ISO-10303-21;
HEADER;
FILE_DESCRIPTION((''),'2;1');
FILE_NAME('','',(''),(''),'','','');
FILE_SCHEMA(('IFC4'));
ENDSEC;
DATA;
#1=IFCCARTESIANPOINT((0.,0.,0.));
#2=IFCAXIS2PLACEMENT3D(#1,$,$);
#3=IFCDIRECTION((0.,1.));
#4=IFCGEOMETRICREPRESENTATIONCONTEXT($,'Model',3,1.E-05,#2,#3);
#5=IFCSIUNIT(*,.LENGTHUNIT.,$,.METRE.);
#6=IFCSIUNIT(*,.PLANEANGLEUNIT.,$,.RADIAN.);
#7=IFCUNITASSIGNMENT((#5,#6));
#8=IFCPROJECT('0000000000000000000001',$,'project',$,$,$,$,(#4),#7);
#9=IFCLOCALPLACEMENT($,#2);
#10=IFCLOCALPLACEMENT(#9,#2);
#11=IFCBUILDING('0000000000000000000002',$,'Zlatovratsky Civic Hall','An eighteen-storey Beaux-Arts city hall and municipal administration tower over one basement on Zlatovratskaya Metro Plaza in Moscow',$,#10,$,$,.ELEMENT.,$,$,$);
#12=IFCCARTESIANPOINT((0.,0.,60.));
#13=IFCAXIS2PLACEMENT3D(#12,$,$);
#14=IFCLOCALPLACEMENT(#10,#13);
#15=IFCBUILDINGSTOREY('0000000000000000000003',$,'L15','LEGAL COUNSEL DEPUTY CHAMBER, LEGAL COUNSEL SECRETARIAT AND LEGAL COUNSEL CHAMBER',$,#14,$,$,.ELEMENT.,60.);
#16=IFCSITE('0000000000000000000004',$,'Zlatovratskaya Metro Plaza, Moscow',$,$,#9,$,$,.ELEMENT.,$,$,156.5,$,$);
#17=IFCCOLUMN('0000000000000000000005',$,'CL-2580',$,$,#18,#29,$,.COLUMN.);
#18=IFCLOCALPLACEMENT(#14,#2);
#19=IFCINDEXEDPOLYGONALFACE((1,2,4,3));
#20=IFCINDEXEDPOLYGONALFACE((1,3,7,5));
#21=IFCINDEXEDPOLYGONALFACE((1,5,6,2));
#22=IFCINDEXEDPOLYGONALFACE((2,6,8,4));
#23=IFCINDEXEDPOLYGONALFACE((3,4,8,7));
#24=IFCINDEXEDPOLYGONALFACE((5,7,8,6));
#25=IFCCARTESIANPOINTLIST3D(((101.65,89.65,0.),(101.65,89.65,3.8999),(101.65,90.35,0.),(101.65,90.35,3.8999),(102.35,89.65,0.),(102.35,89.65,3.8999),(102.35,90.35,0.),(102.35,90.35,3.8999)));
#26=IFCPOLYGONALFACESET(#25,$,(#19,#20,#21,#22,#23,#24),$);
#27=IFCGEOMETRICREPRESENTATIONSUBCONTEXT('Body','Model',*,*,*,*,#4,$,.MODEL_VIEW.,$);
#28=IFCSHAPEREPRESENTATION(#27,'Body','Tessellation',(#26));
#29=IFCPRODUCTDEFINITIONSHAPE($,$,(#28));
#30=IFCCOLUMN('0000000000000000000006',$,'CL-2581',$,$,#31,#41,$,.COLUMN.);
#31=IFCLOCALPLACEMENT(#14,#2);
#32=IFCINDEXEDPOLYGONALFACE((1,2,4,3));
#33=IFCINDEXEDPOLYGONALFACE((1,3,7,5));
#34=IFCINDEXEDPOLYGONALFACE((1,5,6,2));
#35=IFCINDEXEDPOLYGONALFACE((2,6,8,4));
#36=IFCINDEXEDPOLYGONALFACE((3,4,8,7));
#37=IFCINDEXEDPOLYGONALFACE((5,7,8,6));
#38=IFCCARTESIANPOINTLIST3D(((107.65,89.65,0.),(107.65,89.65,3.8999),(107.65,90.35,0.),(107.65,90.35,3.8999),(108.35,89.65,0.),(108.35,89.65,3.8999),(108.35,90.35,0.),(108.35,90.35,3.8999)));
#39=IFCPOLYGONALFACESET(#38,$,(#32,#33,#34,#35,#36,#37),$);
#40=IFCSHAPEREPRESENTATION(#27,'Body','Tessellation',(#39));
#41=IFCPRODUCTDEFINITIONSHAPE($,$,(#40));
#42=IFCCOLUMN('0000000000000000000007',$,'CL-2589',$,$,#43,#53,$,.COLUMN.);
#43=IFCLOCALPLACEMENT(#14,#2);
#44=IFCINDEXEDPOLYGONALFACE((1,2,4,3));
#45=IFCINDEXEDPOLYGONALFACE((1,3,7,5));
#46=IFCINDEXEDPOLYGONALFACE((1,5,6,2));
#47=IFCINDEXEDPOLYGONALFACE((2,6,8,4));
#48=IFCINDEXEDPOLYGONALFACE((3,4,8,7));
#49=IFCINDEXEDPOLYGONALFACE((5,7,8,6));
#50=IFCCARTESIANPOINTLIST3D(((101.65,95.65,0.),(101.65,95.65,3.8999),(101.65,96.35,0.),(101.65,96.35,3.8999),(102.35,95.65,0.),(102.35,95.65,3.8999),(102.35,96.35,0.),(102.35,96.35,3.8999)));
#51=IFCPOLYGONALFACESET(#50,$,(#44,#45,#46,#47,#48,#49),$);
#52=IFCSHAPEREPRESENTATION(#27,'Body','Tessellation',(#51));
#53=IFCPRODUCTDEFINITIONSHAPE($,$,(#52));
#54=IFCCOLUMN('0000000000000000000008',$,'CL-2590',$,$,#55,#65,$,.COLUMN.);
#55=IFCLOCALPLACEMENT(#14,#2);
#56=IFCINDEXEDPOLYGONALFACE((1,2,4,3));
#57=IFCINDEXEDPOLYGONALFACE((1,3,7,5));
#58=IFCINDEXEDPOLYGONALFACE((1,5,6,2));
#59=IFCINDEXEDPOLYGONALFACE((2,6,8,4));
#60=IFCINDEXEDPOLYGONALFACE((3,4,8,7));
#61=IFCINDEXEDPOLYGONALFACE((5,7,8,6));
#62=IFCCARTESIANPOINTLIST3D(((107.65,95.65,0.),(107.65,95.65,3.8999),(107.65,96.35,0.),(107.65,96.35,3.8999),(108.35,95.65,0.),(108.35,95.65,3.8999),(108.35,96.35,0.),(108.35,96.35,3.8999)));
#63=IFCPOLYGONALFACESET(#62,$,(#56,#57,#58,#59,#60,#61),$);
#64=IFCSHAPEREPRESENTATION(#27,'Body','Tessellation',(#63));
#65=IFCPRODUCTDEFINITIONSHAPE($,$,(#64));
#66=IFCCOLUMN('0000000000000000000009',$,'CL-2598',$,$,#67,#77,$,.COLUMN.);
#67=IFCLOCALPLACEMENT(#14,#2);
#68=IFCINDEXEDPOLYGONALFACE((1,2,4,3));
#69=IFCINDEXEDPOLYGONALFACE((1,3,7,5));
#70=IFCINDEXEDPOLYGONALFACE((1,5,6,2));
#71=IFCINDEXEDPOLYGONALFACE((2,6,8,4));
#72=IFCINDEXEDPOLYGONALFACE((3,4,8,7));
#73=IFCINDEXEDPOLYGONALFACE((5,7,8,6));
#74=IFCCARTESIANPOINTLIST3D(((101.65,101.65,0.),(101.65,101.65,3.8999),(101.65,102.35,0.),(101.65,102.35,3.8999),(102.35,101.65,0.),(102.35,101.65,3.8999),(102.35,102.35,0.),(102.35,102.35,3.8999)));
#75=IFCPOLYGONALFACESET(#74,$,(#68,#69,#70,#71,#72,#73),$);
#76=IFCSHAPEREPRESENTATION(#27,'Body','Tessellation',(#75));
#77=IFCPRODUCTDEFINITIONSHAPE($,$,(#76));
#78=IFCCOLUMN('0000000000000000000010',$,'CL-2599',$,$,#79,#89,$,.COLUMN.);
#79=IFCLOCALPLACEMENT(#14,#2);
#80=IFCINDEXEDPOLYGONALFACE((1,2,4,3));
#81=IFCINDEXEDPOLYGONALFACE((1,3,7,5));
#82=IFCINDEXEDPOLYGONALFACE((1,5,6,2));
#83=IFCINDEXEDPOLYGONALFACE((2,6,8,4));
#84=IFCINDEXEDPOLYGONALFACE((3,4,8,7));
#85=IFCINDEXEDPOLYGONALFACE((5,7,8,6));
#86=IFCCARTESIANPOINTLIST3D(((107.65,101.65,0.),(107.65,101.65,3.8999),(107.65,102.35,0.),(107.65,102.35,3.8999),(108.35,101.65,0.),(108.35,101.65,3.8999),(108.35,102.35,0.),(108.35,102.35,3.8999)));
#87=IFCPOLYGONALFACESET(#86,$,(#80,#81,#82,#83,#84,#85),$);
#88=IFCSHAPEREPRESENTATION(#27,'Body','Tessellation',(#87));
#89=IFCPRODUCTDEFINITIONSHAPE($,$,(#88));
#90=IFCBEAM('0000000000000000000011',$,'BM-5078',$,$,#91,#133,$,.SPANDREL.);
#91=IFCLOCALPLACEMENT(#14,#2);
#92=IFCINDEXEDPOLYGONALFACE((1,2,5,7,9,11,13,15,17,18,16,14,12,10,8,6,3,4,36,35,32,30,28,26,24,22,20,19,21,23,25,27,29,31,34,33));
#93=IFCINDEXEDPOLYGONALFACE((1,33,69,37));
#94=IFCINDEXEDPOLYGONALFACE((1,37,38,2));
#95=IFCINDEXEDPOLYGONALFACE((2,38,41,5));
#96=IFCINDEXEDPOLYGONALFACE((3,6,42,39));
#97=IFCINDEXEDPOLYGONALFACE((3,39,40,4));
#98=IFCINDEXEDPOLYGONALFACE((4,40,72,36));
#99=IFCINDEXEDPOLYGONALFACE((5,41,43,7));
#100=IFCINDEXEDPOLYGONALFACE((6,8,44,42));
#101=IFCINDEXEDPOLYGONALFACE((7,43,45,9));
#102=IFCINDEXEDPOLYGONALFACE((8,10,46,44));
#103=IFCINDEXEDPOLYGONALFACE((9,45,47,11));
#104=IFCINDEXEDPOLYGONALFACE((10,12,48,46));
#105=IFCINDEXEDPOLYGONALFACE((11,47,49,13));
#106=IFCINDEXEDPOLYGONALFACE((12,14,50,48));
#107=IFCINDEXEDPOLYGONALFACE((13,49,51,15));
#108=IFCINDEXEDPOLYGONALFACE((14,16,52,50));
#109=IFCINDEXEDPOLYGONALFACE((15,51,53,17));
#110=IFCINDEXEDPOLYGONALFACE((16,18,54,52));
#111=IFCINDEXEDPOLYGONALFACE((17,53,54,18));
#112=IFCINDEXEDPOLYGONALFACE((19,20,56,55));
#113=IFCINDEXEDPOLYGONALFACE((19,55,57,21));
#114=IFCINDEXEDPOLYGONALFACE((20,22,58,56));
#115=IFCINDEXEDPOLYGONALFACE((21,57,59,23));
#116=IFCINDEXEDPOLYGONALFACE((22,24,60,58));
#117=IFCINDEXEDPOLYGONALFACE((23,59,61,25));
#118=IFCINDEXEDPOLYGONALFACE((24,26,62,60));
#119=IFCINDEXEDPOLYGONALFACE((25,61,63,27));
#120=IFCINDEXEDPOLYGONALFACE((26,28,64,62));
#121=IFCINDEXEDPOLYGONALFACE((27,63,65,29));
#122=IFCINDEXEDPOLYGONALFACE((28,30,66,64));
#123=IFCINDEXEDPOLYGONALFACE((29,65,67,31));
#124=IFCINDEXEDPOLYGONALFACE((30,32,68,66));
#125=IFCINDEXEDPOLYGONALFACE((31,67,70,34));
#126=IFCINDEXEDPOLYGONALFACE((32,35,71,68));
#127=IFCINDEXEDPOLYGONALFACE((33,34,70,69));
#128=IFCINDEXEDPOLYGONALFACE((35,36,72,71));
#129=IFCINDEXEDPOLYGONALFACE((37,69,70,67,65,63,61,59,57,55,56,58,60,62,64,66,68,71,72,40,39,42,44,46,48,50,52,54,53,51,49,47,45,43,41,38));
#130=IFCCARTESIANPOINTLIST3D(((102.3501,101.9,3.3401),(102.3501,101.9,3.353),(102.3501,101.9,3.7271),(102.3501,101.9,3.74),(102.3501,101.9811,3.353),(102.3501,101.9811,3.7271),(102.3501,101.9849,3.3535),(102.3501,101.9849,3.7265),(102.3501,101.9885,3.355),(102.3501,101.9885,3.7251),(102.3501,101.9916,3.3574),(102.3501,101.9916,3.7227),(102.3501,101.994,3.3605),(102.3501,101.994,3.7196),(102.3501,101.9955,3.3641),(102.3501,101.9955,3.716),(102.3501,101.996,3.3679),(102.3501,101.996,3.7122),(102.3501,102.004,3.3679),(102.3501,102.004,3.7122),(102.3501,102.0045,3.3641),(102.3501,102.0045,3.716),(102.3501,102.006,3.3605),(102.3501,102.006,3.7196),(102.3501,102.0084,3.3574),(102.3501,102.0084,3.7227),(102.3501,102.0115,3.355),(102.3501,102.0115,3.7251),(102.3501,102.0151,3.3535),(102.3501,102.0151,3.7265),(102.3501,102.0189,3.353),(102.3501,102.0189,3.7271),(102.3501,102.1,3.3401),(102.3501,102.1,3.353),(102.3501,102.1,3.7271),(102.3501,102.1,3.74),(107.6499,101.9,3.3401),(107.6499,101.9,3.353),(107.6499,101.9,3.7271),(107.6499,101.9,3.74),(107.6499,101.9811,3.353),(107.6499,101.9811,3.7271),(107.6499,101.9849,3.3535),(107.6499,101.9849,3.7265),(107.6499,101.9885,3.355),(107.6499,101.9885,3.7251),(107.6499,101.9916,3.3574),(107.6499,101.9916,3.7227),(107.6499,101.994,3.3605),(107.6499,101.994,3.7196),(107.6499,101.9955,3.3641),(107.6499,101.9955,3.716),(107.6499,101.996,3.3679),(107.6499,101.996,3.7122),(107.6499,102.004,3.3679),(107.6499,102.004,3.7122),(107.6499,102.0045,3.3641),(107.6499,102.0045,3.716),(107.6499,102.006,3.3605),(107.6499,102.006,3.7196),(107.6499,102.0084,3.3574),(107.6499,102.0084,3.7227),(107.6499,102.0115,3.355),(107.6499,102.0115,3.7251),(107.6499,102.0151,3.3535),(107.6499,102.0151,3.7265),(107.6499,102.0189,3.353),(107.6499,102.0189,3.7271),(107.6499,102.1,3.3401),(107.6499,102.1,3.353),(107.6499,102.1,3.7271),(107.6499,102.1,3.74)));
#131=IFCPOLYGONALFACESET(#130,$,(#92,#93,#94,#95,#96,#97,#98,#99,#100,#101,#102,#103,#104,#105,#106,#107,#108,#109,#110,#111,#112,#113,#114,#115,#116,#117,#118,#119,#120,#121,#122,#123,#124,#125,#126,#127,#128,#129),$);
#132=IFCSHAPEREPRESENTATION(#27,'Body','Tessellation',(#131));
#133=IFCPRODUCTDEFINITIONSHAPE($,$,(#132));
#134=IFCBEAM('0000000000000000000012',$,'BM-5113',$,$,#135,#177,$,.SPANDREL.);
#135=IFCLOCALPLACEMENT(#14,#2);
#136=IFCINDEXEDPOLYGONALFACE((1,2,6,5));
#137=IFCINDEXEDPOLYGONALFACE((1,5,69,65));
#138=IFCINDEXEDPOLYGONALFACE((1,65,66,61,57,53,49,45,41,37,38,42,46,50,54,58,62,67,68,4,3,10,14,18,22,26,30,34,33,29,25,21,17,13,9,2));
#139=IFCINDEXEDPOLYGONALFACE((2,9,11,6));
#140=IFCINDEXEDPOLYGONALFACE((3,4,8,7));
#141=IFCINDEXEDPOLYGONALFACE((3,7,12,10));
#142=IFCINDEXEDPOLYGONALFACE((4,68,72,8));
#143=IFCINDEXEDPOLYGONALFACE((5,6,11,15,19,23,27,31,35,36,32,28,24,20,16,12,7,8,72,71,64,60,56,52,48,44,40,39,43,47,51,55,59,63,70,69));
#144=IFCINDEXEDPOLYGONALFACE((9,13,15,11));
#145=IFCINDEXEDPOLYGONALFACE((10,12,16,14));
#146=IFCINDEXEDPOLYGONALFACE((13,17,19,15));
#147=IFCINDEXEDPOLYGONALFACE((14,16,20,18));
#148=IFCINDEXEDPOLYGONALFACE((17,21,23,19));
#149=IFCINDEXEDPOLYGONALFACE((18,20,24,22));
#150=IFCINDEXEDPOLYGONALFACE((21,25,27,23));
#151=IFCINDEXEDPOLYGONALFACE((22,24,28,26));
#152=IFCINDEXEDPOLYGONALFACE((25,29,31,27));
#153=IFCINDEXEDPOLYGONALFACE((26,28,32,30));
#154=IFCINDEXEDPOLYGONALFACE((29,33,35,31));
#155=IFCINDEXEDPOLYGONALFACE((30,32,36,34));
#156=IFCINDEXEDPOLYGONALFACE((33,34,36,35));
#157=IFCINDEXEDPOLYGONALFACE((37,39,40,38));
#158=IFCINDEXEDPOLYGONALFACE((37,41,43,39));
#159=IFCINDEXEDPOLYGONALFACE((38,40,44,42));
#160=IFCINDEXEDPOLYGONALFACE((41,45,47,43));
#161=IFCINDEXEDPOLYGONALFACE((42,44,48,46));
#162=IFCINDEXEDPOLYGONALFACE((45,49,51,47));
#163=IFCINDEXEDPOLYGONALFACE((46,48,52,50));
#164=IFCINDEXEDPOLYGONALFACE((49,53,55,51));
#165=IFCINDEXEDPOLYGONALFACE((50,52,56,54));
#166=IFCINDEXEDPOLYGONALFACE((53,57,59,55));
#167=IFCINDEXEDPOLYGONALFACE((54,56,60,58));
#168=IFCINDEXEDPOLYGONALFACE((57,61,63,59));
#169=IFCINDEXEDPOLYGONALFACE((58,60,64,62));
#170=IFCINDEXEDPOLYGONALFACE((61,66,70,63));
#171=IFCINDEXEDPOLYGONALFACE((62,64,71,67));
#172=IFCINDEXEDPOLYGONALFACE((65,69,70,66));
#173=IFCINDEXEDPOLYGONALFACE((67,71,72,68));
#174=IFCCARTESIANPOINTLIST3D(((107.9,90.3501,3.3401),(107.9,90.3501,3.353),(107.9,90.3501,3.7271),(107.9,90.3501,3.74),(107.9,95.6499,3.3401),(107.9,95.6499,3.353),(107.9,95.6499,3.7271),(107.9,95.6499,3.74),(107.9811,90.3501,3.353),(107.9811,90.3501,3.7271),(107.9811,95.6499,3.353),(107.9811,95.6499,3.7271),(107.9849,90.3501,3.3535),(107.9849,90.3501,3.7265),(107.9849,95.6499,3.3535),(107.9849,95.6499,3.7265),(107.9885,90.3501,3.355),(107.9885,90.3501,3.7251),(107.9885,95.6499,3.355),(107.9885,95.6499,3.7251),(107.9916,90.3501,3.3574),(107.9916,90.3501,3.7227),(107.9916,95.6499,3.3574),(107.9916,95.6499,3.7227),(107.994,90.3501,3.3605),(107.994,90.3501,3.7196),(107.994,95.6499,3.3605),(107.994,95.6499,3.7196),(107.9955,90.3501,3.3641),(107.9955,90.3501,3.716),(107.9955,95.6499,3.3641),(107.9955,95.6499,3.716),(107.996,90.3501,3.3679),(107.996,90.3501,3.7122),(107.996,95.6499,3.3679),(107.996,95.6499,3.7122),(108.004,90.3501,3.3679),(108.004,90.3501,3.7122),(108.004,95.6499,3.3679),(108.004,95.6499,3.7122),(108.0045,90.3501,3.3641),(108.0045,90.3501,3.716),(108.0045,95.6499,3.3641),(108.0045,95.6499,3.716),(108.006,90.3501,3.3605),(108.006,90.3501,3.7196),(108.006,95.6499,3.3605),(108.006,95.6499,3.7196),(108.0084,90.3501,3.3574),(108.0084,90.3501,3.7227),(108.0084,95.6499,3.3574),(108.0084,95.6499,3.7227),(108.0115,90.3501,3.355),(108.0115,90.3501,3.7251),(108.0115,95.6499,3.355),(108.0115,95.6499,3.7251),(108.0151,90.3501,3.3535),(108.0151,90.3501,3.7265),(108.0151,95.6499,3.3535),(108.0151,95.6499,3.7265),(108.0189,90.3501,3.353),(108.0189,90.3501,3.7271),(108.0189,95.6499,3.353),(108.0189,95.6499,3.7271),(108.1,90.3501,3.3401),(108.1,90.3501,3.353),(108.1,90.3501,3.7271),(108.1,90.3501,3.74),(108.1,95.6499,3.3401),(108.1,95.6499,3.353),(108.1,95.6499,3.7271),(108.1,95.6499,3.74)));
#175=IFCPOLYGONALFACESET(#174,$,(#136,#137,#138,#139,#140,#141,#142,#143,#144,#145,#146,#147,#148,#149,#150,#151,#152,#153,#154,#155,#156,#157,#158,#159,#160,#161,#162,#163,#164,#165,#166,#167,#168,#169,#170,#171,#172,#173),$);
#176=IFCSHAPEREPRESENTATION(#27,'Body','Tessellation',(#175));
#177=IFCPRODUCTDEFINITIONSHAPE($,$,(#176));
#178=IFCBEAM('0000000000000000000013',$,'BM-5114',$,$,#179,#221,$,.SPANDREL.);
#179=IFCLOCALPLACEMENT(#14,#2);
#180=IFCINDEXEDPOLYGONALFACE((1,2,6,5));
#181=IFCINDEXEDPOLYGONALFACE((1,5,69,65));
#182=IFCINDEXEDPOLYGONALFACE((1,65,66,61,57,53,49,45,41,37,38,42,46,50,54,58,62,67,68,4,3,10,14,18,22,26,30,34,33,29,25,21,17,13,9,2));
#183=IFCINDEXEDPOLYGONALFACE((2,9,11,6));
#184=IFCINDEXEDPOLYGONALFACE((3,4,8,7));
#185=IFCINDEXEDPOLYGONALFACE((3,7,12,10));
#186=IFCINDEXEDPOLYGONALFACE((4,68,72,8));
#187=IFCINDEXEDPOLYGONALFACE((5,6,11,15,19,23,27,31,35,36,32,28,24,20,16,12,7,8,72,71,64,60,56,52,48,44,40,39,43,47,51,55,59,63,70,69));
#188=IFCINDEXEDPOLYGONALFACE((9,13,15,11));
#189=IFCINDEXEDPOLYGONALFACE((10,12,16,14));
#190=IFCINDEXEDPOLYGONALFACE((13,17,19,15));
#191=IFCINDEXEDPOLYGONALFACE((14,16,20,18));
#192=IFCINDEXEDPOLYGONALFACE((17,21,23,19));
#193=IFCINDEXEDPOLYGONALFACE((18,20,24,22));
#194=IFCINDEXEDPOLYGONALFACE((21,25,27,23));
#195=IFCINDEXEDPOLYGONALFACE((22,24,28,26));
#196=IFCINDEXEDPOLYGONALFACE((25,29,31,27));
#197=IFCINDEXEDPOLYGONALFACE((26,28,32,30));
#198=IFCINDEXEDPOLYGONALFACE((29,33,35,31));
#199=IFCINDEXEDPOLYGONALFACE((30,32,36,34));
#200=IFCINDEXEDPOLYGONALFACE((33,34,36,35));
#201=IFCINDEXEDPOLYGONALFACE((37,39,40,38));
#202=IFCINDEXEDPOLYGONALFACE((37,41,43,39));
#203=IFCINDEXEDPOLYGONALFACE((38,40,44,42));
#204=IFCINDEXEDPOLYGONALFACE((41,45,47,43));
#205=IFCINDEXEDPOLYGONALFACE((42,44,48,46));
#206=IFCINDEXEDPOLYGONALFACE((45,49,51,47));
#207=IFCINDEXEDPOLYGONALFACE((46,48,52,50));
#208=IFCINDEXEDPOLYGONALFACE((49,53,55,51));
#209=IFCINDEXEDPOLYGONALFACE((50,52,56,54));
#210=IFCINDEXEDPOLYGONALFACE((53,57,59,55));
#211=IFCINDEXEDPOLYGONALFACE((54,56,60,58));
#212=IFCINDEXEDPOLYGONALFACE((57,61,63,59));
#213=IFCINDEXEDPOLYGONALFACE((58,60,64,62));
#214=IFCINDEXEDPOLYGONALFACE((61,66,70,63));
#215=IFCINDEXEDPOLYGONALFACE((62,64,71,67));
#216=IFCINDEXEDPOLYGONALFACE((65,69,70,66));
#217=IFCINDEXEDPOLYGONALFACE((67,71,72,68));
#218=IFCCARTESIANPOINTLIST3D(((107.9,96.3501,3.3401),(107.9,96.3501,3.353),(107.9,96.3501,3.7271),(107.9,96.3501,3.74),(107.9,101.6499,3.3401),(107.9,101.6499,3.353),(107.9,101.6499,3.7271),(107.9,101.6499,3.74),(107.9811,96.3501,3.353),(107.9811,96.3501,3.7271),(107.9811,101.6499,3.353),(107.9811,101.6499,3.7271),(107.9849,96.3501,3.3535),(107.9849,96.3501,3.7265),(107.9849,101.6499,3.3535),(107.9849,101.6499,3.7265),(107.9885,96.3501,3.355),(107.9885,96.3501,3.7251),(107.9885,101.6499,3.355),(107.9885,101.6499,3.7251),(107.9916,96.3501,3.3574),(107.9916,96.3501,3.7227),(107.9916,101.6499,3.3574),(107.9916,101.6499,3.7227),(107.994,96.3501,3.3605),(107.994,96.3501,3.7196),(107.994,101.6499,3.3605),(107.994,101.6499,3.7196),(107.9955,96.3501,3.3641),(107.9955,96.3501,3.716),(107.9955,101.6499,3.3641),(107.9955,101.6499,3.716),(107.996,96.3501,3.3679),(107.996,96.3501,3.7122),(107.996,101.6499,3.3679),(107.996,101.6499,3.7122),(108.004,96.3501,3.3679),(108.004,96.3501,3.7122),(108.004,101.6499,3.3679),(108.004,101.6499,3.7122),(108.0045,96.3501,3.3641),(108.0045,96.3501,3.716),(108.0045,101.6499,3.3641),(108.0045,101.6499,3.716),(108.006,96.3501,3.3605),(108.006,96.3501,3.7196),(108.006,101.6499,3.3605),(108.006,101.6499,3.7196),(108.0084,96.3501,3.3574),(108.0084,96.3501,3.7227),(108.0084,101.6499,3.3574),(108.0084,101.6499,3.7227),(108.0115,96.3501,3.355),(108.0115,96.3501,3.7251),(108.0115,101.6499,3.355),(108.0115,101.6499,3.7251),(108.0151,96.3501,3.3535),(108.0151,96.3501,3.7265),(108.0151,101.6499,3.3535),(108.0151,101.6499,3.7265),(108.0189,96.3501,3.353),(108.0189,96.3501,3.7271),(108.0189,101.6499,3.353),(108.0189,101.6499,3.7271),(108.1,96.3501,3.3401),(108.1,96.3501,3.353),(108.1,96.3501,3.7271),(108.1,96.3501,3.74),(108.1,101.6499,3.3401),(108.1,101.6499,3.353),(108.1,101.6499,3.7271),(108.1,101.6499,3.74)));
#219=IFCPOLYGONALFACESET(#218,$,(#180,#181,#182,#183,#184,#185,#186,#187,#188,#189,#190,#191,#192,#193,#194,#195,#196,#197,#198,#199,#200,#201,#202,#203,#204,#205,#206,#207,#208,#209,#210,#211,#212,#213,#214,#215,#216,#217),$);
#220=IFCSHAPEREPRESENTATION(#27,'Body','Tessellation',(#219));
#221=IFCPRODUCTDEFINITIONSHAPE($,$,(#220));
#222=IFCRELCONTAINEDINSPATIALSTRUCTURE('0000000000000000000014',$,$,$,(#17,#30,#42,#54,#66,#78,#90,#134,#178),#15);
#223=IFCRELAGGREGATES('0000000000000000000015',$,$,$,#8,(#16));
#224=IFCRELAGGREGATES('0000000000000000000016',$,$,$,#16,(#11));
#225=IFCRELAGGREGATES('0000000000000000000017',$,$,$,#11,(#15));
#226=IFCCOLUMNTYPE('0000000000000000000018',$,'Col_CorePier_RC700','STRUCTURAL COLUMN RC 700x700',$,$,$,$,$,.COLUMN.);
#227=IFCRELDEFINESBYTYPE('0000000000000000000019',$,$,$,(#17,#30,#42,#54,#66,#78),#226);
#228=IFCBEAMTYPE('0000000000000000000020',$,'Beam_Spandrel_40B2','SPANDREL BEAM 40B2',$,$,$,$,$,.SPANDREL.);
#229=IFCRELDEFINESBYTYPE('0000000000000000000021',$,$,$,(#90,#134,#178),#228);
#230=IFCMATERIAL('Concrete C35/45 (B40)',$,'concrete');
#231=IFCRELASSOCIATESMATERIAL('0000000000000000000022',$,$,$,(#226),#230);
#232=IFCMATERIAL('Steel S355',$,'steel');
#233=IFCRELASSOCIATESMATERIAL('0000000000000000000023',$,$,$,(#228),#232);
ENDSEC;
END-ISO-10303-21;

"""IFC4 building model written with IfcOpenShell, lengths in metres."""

from ifc_helpers import new_model, si_unit, direction, frame, origin, origin_2d, place, context, subcontext, project, spatial, rectangle, i_section, extrude, material, material_profile, profile_set, type_object, element, save


model = new_model("IFC4")

# Units and contexts
model_context = context("Model", 3, precision=1e-05, world=origin(), true_north=direction((0.0, 1.0)))
body_context = subcontext(model_context, "Body", "Model", "MODEL_VIEW")
ifc_project = project(units=[si_unit("LENGTHUNIT", "METRE"), si_unit("PLANEANGLEUNIT", "RADIAN")], contexts=[model_context])

# Site, building, storey
site_placement = place(None, origin())
site = spatial("IfcSite", under=ifc_project, at=site_placement, Name="Zlatovratskaya Metro Plaza, Moscow", CompositionType="ELEMENT", RefElevation=156.5)
building_placement = place(site_placement, origin())
building = spatial("IfcBuilding", under=site, at=building_placement, Name="Zlatovratsky Civic Hall", Description="An eighteen-storey Beaux-Arts city hall and municipal administration tower over one basement on Zlatovratskaya Metro Plaza in Moscow", CompositionType="ELEMENT")
storey_placement = place(building_placement, frame((0.0, 0.0, 60.0)))
storey = spatial("IfcBuildingStorey", under=building, at=storey_placement, Name="L15", Description="LEGAL COUNSEL DEPUTY CHAMBER, LEGAL COUNSEL SECRETARIAT AND LEGAL COUNSEL CHAMBER", CompositionType="ELEMENT", Elevation=60.0)

# Columns
ifc_material_1 = material(Name="Concrete C35/45 (B40)", Category="concrete")
ifc_material_profile_1 = material_profile(ifc_material_1, rectangle(XDim=0.7, YDim=0.7, at=origin_2d()), Name="RC 700x700")
ifc_profile_set_1 = profile_set([ifc_material_profile_1], Name="Concrete C35/45 (B40)")
column_type = type_object("IfcColumnType", Name="Col_CorePier_RC700", Description="STRUCTURAL COLUMN RC 700x700", PredefinedType="COLUMN", material=ifc_profile_set_1)
for number, where, z_axis, x_axis, name in (
    (1, (102.0, 90.0, 0.0), (0.0, 0.0, 1.0), (1.0, 0.0, 0.0), "CL-2580"),
    (2, (108.0, 90.0, 0.0), (0.0, 0.0, 1.0), (1.0, 0.0, 0.0), "CL-2581"),
    (3, (102.0, 96.0, 0.0), (0.0, 0.0, 1.0), (1.0, 0.0, 0.0), "CL-2589"),
    (4, (108.0, 96.0, 0.0), (0.0, 0.0, 1.0), (1.0, 0.0, 0.0), "CL-2590"),
    (5, (102.0, 102.0, 0.0), (0.0, 0.0, 1.0), (1.0, 0.0, 0.0), "CL-2598"),
    (6, (108.0, 102.0, 0.0), (0.0, 0.0, 1.0), (1.0, 0.0, 0.0), "CL-2599"),
):
    element("IfcColumn", number, at=place(storey_placement, frame(where, z_axis=z_axis, x_axis=x_axis)), inside=storey, type_object=column_type, Name=name, PredefinedType="COLUMN", context=body_context, shape_type="SweptSolid", body=[
        extrude(rectangle(XDim=0.7, YDim=0.7, at=origin_2d()), origin(), (0.0, 0.0, 1.0), 3.8999),
    ])

# Beams
ifc_material_2 = material(Name="Steel S355", Category="steel")
ifc_material_profile_2 = material_profile(ifc_material_2, i_section(OverallWidth=0.2, OverallDepth=0.3999, WebThickness=0.0081, FlangeThickness=0.0129, FilletRadius=0.0149, at=origin_2d()), Name="40B2")
ifc_profile_set_2 = profile_set([ifc_material_profile_2], Name="Steel S355")
beam_type_1 = type_object("IfcBeamType", Name="Beam_Spandrel_40B2", Description="SPANDREL BEAM 40B2", PredefinedType="SPANDREL", material=ifc_profile_set_2)
for number, where, z_axis, x_axis, name in (
    (7, (102.3501, 102.0, 3.54), (1.0, 0.0, 0.0), (0.0, 1.0, 0.0), "BM-5078"),
    (8, (108.0, 90.3501, 3.54), (0.0, 1.0, 0.0), (-1.0, 0.0, 0.0), "BM-5113"),
    (9, (108.0, 96.3501, 3.54), (0.0, 1.0, 0.0), (-1.0, 0.0, 0.0), "BM-5114"),
):
    element("IfcBeam", number, at=place(storey_placement, frame(where, z_axis=z_axis, x_axis=x_axis)), inside=storey, type_object=beam_type_1, Name=name, PredefinedType="SPANDREL", context=body_context, shape_type="SweptSolid", body=[
        extrude(i_section(OverallWidth=0.2, OverallDepth=0.3999, WebThickness=0.0081, FlangeThickness=0.0129, FilletRadius=0.0149, at=origin_2d()), origin(), (0.0, 0.0, 1.0), 5.2998),
    ])

save(model, "model.ifc")
